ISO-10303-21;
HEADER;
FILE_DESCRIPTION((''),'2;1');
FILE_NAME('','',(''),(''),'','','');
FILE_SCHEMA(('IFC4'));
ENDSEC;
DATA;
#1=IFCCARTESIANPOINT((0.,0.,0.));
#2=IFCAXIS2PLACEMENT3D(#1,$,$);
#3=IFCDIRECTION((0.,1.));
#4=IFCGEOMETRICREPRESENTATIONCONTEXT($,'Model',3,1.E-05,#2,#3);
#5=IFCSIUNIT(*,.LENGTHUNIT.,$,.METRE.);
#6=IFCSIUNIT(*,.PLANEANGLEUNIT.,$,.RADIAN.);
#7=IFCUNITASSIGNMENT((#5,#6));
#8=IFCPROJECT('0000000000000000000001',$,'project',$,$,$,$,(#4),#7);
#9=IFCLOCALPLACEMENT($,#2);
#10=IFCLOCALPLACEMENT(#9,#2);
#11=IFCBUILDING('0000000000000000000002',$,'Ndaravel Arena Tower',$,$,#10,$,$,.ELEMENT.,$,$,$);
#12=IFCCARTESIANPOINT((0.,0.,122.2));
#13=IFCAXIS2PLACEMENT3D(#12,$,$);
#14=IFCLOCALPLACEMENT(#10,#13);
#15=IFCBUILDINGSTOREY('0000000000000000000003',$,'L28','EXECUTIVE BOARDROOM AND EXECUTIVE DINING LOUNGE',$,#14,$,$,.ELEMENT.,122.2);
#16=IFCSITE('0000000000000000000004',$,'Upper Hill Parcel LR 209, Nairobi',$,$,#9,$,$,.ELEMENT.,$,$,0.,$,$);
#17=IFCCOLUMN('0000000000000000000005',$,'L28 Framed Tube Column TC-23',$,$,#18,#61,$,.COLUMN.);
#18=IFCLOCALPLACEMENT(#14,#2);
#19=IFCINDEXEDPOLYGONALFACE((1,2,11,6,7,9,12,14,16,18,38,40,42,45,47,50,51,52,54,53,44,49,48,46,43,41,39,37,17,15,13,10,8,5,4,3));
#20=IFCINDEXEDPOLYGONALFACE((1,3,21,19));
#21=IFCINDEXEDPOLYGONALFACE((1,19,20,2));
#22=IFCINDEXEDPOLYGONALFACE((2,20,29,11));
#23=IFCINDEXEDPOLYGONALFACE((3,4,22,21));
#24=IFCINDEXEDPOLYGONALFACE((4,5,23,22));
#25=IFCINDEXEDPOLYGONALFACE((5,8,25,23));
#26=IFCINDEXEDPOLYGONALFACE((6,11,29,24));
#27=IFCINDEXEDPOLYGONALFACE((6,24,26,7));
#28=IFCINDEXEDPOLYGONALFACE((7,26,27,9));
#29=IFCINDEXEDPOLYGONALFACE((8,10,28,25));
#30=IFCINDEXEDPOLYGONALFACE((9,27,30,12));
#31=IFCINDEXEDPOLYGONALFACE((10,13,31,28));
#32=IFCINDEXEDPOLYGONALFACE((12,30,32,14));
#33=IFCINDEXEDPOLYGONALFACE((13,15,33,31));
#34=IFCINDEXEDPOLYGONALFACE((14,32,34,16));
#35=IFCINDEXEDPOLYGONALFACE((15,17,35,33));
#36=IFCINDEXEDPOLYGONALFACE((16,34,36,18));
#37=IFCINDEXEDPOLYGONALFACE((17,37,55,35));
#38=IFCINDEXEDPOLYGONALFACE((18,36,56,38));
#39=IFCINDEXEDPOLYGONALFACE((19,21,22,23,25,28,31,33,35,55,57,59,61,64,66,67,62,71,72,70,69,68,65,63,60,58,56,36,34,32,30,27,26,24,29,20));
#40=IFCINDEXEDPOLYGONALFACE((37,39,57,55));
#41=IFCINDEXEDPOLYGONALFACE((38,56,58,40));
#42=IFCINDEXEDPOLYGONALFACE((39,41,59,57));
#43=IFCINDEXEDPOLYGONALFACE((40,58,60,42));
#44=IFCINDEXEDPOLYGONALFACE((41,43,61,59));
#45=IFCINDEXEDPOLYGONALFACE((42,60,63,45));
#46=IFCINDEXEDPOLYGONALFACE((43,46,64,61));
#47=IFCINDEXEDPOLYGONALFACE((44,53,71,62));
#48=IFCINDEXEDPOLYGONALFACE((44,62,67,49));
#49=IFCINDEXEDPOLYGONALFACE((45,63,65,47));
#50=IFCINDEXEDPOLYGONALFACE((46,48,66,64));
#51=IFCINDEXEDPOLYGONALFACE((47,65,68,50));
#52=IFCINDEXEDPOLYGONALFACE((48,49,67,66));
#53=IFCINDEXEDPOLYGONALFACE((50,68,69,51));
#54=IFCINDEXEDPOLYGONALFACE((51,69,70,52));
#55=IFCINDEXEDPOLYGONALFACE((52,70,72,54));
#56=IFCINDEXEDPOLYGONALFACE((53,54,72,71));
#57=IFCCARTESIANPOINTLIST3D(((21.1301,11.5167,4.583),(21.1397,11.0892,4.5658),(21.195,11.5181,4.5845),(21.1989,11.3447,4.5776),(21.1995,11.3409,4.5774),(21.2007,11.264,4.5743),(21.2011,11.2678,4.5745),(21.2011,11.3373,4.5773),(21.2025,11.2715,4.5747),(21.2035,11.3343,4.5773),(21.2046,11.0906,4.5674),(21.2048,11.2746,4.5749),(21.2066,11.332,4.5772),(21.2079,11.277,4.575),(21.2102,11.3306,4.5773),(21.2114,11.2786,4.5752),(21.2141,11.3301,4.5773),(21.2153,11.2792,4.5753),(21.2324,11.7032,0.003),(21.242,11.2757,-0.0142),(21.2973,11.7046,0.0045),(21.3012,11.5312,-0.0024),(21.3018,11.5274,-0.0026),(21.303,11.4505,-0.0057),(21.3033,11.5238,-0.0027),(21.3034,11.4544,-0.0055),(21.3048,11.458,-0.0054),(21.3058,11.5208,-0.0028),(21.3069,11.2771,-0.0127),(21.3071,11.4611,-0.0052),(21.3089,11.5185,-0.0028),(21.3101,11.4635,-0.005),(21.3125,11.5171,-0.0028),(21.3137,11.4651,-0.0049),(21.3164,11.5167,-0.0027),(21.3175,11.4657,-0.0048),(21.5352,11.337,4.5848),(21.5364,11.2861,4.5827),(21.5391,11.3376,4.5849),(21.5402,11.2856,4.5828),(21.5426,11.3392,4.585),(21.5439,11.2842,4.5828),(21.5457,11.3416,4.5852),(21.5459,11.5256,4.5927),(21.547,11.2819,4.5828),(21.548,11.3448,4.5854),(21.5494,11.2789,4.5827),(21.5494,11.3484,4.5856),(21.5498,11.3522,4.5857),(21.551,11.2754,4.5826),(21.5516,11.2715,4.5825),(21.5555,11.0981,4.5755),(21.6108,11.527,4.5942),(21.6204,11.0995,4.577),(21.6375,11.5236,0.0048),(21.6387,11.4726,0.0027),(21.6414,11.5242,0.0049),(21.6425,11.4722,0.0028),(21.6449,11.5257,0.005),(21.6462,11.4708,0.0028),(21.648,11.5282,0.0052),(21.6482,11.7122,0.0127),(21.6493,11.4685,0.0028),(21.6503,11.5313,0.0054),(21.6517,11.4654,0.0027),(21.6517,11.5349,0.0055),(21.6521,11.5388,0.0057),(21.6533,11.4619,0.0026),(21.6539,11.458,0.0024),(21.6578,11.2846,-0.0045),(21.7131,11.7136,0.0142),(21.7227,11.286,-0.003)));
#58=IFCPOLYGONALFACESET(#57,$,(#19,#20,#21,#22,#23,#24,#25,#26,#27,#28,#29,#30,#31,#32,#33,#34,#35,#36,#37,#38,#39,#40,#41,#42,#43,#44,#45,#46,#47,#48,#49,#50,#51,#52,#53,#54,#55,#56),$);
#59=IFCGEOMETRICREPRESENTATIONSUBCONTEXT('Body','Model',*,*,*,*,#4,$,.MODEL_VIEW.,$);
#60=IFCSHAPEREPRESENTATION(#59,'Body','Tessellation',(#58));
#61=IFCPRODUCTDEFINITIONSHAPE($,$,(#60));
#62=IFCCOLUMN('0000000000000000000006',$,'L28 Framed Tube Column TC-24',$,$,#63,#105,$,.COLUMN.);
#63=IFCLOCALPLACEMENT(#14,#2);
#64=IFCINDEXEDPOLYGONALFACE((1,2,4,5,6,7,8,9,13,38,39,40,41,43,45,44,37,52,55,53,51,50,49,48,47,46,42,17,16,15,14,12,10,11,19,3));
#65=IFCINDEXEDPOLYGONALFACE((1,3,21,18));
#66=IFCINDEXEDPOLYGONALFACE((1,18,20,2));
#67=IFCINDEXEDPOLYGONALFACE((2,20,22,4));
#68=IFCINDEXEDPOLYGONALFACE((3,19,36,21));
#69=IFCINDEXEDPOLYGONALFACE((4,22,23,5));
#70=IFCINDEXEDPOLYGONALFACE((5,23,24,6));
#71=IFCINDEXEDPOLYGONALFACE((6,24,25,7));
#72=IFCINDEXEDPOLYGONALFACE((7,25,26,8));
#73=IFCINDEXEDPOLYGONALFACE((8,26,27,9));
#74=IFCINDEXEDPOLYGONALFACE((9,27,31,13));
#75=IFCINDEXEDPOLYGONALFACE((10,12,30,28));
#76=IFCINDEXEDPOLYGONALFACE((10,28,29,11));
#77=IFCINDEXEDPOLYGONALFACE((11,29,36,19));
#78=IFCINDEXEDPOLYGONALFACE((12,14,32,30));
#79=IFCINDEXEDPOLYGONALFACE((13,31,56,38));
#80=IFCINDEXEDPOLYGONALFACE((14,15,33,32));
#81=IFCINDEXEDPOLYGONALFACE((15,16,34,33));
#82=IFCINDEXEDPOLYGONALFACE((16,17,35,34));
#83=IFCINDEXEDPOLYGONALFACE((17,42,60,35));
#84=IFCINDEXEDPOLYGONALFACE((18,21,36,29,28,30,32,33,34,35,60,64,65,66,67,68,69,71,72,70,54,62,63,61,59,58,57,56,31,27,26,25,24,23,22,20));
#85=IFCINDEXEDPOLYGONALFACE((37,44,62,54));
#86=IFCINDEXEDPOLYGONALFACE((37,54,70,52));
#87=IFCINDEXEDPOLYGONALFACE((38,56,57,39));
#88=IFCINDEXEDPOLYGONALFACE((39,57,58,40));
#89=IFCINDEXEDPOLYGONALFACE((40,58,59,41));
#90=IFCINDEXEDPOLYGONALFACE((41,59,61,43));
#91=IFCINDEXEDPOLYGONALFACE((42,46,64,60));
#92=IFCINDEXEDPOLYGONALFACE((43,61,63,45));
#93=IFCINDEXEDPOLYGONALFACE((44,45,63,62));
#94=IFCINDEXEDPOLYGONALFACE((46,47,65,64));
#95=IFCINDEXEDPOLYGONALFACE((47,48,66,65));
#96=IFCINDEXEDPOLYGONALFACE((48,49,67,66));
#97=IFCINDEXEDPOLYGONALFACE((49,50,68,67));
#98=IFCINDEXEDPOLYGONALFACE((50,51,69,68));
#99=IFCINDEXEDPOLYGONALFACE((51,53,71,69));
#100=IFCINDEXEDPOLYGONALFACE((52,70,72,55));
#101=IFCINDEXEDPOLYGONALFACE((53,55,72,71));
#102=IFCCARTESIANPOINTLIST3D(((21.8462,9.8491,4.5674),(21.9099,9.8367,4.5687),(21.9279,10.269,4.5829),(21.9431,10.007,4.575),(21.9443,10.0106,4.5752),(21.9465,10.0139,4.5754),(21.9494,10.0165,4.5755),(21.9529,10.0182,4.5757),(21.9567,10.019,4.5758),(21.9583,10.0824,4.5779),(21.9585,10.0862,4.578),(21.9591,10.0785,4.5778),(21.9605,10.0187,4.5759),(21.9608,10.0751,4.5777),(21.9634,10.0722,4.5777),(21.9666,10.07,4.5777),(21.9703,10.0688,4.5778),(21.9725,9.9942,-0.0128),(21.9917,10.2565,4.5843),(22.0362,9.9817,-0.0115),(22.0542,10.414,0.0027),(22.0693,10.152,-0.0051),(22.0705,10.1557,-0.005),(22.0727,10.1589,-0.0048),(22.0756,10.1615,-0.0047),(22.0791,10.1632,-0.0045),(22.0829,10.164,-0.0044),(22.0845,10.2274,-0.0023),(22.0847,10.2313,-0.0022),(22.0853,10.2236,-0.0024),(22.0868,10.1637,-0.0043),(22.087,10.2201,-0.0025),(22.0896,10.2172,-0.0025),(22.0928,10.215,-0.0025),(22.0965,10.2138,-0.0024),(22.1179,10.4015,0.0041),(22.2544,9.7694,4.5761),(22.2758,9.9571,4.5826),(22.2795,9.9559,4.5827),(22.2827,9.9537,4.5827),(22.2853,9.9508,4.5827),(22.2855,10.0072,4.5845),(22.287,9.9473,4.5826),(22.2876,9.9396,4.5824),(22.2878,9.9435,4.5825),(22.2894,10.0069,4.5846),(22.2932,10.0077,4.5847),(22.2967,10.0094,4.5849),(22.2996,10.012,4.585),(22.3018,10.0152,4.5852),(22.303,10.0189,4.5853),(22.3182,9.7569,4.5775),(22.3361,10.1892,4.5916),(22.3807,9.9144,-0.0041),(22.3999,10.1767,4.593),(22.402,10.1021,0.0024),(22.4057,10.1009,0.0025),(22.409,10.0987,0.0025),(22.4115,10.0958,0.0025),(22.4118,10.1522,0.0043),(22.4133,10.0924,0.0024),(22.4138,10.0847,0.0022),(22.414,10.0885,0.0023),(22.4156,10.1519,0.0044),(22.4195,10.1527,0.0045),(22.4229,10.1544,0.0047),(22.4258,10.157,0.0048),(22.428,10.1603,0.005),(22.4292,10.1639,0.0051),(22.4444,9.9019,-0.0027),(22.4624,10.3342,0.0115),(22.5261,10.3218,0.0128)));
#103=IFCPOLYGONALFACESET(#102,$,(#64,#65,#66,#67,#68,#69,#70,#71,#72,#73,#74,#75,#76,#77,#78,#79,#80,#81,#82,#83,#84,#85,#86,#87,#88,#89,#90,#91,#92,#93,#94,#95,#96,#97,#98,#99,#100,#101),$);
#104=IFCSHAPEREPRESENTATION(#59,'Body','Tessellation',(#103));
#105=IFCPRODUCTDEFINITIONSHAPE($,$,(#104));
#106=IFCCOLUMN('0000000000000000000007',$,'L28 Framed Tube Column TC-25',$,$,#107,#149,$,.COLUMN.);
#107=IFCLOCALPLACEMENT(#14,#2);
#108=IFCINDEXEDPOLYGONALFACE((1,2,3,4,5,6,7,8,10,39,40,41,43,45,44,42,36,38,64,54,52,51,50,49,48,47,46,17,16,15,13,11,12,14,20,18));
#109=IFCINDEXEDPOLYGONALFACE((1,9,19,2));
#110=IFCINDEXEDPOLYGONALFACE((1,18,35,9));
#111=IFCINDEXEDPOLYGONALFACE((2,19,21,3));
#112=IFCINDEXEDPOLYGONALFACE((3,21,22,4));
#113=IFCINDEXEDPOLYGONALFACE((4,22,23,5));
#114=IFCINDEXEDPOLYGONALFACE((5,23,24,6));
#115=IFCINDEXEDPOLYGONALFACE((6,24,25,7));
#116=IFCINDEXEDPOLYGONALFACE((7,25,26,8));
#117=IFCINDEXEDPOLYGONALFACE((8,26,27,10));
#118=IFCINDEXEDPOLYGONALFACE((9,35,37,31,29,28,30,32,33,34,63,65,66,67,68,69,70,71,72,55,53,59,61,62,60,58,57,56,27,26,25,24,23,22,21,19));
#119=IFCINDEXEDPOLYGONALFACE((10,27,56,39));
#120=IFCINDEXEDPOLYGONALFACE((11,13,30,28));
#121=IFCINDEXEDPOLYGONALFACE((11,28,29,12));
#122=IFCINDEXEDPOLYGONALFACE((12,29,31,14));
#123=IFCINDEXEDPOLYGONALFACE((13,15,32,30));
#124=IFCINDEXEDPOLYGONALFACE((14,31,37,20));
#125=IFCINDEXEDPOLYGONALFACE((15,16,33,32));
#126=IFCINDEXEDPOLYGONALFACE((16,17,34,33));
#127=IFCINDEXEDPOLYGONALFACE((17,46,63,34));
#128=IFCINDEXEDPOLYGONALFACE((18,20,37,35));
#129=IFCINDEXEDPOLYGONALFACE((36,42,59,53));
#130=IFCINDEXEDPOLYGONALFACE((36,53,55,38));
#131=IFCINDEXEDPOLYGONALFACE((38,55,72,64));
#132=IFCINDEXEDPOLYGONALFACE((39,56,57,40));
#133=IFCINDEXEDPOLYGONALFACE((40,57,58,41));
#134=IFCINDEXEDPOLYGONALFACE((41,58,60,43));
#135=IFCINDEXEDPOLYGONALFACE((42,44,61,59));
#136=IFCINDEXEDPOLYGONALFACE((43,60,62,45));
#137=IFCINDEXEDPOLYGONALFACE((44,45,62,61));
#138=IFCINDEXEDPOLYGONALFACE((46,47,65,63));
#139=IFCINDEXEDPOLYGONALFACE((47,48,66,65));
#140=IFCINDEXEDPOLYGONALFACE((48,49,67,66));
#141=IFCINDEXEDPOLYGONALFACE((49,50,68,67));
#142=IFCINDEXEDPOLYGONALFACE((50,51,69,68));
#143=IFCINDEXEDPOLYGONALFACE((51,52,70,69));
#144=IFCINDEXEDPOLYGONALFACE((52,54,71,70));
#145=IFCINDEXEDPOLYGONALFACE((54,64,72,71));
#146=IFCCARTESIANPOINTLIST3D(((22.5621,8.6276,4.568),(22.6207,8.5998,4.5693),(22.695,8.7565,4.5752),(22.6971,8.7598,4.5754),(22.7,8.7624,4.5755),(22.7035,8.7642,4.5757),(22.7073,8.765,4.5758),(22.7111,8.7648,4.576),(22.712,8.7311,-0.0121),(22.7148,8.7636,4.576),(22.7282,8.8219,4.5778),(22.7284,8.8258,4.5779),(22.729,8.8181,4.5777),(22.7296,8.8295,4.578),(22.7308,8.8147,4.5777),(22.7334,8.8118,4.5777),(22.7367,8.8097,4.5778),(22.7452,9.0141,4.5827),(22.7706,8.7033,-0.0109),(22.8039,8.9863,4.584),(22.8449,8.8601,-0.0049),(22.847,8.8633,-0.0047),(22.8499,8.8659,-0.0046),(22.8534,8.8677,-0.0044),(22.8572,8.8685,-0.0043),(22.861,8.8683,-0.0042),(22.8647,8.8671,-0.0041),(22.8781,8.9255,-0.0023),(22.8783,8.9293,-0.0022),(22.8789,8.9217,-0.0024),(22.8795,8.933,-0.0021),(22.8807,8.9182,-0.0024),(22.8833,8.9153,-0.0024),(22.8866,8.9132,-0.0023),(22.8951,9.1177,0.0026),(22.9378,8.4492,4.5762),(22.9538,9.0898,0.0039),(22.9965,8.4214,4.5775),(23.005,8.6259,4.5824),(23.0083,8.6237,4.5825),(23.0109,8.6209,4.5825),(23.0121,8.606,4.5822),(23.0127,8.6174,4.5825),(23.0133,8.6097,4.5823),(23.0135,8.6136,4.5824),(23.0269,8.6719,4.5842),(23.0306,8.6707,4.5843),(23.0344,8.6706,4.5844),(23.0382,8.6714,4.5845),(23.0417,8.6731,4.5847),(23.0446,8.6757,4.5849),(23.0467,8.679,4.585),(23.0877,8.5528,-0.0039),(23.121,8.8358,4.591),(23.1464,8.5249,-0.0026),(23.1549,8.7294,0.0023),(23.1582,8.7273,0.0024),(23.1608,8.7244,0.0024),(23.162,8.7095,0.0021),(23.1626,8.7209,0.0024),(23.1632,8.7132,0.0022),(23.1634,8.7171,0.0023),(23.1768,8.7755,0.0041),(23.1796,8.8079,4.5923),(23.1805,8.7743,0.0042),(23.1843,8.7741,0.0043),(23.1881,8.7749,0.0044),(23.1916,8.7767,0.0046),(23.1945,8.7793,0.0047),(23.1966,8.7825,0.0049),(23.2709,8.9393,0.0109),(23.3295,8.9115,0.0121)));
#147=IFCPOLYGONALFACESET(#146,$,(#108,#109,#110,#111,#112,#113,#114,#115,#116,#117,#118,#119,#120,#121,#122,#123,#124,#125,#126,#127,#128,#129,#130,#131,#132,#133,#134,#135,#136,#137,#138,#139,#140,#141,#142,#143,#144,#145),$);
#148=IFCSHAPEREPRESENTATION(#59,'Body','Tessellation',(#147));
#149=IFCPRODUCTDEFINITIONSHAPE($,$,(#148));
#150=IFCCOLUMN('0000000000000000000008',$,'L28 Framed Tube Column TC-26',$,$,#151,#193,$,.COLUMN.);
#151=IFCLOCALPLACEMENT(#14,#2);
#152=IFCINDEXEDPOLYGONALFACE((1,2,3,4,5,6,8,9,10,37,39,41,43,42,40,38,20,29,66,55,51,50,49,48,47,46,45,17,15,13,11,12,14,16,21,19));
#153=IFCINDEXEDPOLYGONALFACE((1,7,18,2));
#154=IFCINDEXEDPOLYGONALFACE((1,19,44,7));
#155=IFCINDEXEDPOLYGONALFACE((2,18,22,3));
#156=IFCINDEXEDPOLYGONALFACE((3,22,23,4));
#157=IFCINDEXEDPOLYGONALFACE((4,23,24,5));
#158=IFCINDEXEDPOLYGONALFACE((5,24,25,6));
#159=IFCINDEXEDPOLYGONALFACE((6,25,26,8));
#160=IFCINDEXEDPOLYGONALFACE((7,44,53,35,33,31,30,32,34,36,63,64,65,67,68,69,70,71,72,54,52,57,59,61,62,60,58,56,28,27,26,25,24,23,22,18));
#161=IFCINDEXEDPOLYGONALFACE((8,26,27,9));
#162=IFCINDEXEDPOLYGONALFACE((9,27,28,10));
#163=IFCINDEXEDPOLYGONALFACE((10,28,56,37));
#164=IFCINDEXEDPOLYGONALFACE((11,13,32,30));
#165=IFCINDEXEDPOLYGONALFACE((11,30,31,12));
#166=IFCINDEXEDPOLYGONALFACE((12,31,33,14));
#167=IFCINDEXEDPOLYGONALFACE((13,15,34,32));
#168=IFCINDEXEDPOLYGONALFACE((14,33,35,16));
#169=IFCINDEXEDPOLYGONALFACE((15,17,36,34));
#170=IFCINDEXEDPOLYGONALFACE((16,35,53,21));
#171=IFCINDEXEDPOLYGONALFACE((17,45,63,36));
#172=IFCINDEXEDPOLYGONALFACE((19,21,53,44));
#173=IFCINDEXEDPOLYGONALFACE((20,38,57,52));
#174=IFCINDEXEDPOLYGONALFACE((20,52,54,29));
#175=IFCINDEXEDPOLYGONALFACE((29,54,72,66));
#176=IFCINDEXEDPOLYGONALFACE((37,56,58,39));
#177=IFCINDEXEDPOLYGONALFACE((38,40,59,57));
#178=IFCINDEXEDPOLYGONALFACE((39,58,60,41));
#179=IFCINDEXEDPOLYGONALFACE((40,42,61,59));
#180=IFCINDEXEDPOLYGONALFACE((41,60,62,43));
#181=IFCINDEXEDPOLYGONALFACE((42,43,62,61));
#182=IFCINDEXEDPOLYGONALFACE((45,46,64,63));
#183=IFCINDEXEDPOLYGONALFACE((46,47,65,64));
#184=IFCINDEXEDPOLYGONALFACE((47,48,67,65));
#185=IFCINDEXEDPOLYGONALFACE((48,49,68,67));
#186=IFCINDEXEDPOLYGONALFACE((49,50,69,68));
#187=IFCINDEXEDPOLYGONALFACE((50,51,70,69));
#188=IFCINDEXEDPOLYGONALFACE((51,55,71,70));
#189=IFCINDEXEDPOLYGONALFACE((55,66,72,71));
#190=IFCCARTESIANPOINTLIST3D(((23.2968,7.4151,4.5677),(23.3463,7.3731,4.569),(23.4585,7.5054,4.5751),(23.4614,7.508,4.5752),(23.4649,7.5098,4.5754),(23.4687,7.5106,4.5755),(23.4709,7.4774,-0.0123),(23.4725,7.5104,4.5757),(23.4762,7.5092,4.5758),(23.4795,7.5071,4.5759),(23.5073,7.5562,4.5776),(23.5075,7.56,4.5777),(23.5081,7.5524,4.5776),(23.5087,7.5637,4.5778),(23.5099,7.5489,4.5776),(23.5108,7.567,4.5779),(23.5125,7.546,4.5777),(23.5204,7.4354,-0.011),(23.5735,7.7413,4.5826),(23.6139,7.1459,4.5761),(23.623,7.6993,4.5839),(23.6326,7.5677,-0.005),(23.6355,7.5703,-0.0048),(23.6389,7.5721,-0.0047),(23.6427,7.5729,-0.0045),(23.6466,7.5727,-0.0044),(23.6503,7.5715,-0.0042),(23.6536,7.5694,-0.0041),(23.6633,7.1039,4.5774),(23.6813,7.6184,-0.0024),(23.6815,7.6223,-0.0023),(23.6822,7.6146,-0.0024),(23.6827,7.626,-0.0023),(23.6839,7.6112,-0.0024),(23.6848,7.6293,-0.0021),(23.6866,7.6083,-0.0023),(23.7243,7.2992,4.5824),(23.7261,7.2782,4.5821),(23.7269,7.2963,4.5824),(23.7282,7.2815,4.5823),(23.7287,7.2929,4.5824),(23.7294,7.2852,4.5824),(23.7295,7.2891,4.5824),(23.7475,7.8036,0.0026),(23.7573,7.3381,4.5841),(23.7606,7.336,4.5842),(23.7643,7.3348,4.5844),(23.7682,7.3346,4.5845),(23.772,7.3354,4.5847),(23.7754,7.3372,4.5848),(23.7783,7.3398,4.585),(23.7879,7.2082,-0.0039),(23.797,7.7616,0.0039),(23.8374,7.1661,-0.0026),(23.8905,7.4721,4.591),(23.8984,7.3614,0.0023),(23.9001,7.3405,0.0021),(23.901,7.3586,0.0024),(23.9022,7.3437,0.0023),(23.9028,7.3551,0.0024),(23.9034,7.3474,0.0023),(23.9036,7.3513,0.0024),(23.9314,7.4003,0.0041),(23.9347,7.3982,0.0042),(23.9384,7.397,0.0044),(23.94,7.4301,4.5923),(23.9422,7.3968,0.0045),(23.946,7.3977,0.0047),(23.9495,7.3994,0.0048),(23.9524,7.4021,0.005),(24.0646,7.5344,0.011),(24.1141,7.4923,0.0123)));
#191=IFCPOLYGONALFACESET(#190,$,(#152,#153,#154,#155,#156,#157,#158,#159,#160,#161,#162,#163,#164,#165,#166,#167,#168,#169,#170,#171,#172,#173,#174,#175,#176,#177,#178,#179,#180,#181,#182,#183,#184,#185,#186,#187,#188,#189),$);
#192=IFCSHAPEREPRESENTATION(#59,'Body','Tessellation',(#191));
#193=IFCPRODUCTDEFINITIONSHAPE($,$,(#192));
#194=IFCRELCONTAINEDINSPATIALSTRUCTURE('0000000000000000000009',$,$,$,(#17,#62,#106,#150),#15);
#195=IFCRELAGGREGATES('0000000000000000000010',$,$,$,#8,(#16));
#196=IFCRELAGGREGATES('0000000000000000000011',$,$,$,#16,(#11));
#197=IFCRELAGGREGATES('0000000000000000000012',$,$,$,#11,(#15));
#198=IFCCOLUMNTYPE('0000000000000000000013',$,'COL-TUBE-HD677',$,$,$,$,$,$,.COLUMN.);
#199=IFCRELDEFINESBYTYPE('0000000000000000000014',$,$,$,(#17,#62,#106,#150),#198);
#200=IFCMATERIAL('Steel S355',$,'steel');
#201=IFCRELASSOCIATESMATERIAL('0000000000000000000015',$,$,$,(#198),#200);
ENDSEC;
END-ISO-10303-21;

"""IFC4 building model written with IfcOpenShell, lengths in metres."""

from ifc_helpers import new_model, si_unit, direction, frame, origin, origin_2d, place, context, subcontext, project, spatial, i_section, extrude, material, material_profile, profile_set, type_object, element, save


model = new_model("IFC4")

# Units and contexts
model_context = context("Model", 3, precision=1e-05, world=origin(), true_north=direction((0.0, 1.0)))
body_context = subcontext(model_context, "Body", "Model", "MODEL_VIEW")
ifc_project = project(units=[si_unit("LENGTHUNIT", "METRE"), si_unit("PLANEANGLEUNIT", "RADIAN")], contexts=[model_context])

# Site, building, storey
site_placement = place(None, origin())
site = spatial("IfcSite", under=ifc_project, at=site_placement, Name="Upper Hill Parcel LR 209, Nairobi", CompositionType="ELEMENT", RefElevation=0.0)
building_placement = place(site_placement, origin())
building = spatial("IfcBuilding", under=site, at=building_placement, Name="Ndaravel Arena Tower", CompositionType="ELEMENT")
storey_placement = place(building_placement, frame((0.0, 0.0, 122.2)))
storey = spatial("IfcBuildingStorey", under=building, at=storey_placement, Name="L28", Description="EXECUTIVE BOARDROOM AND EXECUTIVE DINING LOUNGE", CompositionType="ELEMENT", Elevation=122.2)

# Columns
ifc_material_1 = material(Name="Steel S355", Category="steel")
ifc_material_profile_1 = material_profile(ifc_material_1, i_section(OverallWidth=0.428, OverallDepth=0.481, WebThickness=0.051, FlangeThickness=0.0649, FilletRadius=0.0149, at=origin_2d()), Name="HD 400x677")
ifc_profile_set_1 = profile_set([ifc_material_profile_1], Name="Steel S355")
column_type = type_object("IfcColumnType", Name="COL-TUBE-HD677", PredefinedType="COLUMN", material=ifc_profile_set_1)
column_1_placement = place(storey_placement, frame((21.4775, 11.4946, 0.0), z_axis=(-0.022311, -0.040681, 0.998923), x_axis=(-0.022409, 0.998941, 0.040181)))
element("IfcColumn", 1, at=column_1_placement, inside=storey, type_object=column_type, Name="L28 Framed Tube Column TC-23", PredefinedType="COLUMN", context=body_context, shape_type="SweptSolid", body=[
    extrude(i_section(OverallWidth=0.428, OverallDepth=0.481, WebThickness=0.051, FlangeThickness=0.0649, FilletRadius=0.0149, at=origin_2d()), origin(), (0.0, 0.0, 1.0), 4.585),
])
column_2_placement = place(storey_placement, frame((22.2493, 10.158, 0.0), z_axis=(-0.027534, -0.031635, 0.99912), x_axis=(0.190914, 0.980935, 0.036321)))
element("IfcColumn", 2, at=column_2_placement, inside=storey, type_object=column_type, Name="L28 Framed Tube Column TC-24", PredefinedType="COLUMN", context=body_context, shape_type="SweptSolid", body=[
    extrude(i_section(OverallWidth=0.428, OverallDepth=0.481, WebThickness=0.051, FlangeThickness=0.0649, FilletRadius=0.0149, at=origin_2d()), origin(), (0.0, 0.0, 1.0), 4.5842),
])
for number, where, z_axis, x_axis, name in (
    (3, (23.0208, 8.8213, 0.0), (-0.032703, -0.022583, 0.99921), (0.427944, 0.90315, 0.034419), "L28 Framed Tube Column TC-25"),
    (4, (23.7925, 7.4849, 0.0), (-0.037975, -0.013582, 0.999186), (0.646402, 0.762197, 0.034928), "L28 Framed Tube Column TC-26"),
):
    element("IfcColumn", number, at=place(storey_placement, frame(where, z_axis=z_axis, x_axis=x_axis)), inside=storey, type_object=column_type, Name=name, PredefinedType="COLUMN", context=body_context, shape_type="SweptSolid", body=[
        extrude(i_section(OverallWidth=0.428, OverallDepth=0.481, WebThickness=0.051, FlangeThickness=0.0649, FilletRadius=0.0149, at=origin_2d()), origin(), (0.0, 0.0, 1.0), 4.5837),
    ])

save(model, "model.ifc")
